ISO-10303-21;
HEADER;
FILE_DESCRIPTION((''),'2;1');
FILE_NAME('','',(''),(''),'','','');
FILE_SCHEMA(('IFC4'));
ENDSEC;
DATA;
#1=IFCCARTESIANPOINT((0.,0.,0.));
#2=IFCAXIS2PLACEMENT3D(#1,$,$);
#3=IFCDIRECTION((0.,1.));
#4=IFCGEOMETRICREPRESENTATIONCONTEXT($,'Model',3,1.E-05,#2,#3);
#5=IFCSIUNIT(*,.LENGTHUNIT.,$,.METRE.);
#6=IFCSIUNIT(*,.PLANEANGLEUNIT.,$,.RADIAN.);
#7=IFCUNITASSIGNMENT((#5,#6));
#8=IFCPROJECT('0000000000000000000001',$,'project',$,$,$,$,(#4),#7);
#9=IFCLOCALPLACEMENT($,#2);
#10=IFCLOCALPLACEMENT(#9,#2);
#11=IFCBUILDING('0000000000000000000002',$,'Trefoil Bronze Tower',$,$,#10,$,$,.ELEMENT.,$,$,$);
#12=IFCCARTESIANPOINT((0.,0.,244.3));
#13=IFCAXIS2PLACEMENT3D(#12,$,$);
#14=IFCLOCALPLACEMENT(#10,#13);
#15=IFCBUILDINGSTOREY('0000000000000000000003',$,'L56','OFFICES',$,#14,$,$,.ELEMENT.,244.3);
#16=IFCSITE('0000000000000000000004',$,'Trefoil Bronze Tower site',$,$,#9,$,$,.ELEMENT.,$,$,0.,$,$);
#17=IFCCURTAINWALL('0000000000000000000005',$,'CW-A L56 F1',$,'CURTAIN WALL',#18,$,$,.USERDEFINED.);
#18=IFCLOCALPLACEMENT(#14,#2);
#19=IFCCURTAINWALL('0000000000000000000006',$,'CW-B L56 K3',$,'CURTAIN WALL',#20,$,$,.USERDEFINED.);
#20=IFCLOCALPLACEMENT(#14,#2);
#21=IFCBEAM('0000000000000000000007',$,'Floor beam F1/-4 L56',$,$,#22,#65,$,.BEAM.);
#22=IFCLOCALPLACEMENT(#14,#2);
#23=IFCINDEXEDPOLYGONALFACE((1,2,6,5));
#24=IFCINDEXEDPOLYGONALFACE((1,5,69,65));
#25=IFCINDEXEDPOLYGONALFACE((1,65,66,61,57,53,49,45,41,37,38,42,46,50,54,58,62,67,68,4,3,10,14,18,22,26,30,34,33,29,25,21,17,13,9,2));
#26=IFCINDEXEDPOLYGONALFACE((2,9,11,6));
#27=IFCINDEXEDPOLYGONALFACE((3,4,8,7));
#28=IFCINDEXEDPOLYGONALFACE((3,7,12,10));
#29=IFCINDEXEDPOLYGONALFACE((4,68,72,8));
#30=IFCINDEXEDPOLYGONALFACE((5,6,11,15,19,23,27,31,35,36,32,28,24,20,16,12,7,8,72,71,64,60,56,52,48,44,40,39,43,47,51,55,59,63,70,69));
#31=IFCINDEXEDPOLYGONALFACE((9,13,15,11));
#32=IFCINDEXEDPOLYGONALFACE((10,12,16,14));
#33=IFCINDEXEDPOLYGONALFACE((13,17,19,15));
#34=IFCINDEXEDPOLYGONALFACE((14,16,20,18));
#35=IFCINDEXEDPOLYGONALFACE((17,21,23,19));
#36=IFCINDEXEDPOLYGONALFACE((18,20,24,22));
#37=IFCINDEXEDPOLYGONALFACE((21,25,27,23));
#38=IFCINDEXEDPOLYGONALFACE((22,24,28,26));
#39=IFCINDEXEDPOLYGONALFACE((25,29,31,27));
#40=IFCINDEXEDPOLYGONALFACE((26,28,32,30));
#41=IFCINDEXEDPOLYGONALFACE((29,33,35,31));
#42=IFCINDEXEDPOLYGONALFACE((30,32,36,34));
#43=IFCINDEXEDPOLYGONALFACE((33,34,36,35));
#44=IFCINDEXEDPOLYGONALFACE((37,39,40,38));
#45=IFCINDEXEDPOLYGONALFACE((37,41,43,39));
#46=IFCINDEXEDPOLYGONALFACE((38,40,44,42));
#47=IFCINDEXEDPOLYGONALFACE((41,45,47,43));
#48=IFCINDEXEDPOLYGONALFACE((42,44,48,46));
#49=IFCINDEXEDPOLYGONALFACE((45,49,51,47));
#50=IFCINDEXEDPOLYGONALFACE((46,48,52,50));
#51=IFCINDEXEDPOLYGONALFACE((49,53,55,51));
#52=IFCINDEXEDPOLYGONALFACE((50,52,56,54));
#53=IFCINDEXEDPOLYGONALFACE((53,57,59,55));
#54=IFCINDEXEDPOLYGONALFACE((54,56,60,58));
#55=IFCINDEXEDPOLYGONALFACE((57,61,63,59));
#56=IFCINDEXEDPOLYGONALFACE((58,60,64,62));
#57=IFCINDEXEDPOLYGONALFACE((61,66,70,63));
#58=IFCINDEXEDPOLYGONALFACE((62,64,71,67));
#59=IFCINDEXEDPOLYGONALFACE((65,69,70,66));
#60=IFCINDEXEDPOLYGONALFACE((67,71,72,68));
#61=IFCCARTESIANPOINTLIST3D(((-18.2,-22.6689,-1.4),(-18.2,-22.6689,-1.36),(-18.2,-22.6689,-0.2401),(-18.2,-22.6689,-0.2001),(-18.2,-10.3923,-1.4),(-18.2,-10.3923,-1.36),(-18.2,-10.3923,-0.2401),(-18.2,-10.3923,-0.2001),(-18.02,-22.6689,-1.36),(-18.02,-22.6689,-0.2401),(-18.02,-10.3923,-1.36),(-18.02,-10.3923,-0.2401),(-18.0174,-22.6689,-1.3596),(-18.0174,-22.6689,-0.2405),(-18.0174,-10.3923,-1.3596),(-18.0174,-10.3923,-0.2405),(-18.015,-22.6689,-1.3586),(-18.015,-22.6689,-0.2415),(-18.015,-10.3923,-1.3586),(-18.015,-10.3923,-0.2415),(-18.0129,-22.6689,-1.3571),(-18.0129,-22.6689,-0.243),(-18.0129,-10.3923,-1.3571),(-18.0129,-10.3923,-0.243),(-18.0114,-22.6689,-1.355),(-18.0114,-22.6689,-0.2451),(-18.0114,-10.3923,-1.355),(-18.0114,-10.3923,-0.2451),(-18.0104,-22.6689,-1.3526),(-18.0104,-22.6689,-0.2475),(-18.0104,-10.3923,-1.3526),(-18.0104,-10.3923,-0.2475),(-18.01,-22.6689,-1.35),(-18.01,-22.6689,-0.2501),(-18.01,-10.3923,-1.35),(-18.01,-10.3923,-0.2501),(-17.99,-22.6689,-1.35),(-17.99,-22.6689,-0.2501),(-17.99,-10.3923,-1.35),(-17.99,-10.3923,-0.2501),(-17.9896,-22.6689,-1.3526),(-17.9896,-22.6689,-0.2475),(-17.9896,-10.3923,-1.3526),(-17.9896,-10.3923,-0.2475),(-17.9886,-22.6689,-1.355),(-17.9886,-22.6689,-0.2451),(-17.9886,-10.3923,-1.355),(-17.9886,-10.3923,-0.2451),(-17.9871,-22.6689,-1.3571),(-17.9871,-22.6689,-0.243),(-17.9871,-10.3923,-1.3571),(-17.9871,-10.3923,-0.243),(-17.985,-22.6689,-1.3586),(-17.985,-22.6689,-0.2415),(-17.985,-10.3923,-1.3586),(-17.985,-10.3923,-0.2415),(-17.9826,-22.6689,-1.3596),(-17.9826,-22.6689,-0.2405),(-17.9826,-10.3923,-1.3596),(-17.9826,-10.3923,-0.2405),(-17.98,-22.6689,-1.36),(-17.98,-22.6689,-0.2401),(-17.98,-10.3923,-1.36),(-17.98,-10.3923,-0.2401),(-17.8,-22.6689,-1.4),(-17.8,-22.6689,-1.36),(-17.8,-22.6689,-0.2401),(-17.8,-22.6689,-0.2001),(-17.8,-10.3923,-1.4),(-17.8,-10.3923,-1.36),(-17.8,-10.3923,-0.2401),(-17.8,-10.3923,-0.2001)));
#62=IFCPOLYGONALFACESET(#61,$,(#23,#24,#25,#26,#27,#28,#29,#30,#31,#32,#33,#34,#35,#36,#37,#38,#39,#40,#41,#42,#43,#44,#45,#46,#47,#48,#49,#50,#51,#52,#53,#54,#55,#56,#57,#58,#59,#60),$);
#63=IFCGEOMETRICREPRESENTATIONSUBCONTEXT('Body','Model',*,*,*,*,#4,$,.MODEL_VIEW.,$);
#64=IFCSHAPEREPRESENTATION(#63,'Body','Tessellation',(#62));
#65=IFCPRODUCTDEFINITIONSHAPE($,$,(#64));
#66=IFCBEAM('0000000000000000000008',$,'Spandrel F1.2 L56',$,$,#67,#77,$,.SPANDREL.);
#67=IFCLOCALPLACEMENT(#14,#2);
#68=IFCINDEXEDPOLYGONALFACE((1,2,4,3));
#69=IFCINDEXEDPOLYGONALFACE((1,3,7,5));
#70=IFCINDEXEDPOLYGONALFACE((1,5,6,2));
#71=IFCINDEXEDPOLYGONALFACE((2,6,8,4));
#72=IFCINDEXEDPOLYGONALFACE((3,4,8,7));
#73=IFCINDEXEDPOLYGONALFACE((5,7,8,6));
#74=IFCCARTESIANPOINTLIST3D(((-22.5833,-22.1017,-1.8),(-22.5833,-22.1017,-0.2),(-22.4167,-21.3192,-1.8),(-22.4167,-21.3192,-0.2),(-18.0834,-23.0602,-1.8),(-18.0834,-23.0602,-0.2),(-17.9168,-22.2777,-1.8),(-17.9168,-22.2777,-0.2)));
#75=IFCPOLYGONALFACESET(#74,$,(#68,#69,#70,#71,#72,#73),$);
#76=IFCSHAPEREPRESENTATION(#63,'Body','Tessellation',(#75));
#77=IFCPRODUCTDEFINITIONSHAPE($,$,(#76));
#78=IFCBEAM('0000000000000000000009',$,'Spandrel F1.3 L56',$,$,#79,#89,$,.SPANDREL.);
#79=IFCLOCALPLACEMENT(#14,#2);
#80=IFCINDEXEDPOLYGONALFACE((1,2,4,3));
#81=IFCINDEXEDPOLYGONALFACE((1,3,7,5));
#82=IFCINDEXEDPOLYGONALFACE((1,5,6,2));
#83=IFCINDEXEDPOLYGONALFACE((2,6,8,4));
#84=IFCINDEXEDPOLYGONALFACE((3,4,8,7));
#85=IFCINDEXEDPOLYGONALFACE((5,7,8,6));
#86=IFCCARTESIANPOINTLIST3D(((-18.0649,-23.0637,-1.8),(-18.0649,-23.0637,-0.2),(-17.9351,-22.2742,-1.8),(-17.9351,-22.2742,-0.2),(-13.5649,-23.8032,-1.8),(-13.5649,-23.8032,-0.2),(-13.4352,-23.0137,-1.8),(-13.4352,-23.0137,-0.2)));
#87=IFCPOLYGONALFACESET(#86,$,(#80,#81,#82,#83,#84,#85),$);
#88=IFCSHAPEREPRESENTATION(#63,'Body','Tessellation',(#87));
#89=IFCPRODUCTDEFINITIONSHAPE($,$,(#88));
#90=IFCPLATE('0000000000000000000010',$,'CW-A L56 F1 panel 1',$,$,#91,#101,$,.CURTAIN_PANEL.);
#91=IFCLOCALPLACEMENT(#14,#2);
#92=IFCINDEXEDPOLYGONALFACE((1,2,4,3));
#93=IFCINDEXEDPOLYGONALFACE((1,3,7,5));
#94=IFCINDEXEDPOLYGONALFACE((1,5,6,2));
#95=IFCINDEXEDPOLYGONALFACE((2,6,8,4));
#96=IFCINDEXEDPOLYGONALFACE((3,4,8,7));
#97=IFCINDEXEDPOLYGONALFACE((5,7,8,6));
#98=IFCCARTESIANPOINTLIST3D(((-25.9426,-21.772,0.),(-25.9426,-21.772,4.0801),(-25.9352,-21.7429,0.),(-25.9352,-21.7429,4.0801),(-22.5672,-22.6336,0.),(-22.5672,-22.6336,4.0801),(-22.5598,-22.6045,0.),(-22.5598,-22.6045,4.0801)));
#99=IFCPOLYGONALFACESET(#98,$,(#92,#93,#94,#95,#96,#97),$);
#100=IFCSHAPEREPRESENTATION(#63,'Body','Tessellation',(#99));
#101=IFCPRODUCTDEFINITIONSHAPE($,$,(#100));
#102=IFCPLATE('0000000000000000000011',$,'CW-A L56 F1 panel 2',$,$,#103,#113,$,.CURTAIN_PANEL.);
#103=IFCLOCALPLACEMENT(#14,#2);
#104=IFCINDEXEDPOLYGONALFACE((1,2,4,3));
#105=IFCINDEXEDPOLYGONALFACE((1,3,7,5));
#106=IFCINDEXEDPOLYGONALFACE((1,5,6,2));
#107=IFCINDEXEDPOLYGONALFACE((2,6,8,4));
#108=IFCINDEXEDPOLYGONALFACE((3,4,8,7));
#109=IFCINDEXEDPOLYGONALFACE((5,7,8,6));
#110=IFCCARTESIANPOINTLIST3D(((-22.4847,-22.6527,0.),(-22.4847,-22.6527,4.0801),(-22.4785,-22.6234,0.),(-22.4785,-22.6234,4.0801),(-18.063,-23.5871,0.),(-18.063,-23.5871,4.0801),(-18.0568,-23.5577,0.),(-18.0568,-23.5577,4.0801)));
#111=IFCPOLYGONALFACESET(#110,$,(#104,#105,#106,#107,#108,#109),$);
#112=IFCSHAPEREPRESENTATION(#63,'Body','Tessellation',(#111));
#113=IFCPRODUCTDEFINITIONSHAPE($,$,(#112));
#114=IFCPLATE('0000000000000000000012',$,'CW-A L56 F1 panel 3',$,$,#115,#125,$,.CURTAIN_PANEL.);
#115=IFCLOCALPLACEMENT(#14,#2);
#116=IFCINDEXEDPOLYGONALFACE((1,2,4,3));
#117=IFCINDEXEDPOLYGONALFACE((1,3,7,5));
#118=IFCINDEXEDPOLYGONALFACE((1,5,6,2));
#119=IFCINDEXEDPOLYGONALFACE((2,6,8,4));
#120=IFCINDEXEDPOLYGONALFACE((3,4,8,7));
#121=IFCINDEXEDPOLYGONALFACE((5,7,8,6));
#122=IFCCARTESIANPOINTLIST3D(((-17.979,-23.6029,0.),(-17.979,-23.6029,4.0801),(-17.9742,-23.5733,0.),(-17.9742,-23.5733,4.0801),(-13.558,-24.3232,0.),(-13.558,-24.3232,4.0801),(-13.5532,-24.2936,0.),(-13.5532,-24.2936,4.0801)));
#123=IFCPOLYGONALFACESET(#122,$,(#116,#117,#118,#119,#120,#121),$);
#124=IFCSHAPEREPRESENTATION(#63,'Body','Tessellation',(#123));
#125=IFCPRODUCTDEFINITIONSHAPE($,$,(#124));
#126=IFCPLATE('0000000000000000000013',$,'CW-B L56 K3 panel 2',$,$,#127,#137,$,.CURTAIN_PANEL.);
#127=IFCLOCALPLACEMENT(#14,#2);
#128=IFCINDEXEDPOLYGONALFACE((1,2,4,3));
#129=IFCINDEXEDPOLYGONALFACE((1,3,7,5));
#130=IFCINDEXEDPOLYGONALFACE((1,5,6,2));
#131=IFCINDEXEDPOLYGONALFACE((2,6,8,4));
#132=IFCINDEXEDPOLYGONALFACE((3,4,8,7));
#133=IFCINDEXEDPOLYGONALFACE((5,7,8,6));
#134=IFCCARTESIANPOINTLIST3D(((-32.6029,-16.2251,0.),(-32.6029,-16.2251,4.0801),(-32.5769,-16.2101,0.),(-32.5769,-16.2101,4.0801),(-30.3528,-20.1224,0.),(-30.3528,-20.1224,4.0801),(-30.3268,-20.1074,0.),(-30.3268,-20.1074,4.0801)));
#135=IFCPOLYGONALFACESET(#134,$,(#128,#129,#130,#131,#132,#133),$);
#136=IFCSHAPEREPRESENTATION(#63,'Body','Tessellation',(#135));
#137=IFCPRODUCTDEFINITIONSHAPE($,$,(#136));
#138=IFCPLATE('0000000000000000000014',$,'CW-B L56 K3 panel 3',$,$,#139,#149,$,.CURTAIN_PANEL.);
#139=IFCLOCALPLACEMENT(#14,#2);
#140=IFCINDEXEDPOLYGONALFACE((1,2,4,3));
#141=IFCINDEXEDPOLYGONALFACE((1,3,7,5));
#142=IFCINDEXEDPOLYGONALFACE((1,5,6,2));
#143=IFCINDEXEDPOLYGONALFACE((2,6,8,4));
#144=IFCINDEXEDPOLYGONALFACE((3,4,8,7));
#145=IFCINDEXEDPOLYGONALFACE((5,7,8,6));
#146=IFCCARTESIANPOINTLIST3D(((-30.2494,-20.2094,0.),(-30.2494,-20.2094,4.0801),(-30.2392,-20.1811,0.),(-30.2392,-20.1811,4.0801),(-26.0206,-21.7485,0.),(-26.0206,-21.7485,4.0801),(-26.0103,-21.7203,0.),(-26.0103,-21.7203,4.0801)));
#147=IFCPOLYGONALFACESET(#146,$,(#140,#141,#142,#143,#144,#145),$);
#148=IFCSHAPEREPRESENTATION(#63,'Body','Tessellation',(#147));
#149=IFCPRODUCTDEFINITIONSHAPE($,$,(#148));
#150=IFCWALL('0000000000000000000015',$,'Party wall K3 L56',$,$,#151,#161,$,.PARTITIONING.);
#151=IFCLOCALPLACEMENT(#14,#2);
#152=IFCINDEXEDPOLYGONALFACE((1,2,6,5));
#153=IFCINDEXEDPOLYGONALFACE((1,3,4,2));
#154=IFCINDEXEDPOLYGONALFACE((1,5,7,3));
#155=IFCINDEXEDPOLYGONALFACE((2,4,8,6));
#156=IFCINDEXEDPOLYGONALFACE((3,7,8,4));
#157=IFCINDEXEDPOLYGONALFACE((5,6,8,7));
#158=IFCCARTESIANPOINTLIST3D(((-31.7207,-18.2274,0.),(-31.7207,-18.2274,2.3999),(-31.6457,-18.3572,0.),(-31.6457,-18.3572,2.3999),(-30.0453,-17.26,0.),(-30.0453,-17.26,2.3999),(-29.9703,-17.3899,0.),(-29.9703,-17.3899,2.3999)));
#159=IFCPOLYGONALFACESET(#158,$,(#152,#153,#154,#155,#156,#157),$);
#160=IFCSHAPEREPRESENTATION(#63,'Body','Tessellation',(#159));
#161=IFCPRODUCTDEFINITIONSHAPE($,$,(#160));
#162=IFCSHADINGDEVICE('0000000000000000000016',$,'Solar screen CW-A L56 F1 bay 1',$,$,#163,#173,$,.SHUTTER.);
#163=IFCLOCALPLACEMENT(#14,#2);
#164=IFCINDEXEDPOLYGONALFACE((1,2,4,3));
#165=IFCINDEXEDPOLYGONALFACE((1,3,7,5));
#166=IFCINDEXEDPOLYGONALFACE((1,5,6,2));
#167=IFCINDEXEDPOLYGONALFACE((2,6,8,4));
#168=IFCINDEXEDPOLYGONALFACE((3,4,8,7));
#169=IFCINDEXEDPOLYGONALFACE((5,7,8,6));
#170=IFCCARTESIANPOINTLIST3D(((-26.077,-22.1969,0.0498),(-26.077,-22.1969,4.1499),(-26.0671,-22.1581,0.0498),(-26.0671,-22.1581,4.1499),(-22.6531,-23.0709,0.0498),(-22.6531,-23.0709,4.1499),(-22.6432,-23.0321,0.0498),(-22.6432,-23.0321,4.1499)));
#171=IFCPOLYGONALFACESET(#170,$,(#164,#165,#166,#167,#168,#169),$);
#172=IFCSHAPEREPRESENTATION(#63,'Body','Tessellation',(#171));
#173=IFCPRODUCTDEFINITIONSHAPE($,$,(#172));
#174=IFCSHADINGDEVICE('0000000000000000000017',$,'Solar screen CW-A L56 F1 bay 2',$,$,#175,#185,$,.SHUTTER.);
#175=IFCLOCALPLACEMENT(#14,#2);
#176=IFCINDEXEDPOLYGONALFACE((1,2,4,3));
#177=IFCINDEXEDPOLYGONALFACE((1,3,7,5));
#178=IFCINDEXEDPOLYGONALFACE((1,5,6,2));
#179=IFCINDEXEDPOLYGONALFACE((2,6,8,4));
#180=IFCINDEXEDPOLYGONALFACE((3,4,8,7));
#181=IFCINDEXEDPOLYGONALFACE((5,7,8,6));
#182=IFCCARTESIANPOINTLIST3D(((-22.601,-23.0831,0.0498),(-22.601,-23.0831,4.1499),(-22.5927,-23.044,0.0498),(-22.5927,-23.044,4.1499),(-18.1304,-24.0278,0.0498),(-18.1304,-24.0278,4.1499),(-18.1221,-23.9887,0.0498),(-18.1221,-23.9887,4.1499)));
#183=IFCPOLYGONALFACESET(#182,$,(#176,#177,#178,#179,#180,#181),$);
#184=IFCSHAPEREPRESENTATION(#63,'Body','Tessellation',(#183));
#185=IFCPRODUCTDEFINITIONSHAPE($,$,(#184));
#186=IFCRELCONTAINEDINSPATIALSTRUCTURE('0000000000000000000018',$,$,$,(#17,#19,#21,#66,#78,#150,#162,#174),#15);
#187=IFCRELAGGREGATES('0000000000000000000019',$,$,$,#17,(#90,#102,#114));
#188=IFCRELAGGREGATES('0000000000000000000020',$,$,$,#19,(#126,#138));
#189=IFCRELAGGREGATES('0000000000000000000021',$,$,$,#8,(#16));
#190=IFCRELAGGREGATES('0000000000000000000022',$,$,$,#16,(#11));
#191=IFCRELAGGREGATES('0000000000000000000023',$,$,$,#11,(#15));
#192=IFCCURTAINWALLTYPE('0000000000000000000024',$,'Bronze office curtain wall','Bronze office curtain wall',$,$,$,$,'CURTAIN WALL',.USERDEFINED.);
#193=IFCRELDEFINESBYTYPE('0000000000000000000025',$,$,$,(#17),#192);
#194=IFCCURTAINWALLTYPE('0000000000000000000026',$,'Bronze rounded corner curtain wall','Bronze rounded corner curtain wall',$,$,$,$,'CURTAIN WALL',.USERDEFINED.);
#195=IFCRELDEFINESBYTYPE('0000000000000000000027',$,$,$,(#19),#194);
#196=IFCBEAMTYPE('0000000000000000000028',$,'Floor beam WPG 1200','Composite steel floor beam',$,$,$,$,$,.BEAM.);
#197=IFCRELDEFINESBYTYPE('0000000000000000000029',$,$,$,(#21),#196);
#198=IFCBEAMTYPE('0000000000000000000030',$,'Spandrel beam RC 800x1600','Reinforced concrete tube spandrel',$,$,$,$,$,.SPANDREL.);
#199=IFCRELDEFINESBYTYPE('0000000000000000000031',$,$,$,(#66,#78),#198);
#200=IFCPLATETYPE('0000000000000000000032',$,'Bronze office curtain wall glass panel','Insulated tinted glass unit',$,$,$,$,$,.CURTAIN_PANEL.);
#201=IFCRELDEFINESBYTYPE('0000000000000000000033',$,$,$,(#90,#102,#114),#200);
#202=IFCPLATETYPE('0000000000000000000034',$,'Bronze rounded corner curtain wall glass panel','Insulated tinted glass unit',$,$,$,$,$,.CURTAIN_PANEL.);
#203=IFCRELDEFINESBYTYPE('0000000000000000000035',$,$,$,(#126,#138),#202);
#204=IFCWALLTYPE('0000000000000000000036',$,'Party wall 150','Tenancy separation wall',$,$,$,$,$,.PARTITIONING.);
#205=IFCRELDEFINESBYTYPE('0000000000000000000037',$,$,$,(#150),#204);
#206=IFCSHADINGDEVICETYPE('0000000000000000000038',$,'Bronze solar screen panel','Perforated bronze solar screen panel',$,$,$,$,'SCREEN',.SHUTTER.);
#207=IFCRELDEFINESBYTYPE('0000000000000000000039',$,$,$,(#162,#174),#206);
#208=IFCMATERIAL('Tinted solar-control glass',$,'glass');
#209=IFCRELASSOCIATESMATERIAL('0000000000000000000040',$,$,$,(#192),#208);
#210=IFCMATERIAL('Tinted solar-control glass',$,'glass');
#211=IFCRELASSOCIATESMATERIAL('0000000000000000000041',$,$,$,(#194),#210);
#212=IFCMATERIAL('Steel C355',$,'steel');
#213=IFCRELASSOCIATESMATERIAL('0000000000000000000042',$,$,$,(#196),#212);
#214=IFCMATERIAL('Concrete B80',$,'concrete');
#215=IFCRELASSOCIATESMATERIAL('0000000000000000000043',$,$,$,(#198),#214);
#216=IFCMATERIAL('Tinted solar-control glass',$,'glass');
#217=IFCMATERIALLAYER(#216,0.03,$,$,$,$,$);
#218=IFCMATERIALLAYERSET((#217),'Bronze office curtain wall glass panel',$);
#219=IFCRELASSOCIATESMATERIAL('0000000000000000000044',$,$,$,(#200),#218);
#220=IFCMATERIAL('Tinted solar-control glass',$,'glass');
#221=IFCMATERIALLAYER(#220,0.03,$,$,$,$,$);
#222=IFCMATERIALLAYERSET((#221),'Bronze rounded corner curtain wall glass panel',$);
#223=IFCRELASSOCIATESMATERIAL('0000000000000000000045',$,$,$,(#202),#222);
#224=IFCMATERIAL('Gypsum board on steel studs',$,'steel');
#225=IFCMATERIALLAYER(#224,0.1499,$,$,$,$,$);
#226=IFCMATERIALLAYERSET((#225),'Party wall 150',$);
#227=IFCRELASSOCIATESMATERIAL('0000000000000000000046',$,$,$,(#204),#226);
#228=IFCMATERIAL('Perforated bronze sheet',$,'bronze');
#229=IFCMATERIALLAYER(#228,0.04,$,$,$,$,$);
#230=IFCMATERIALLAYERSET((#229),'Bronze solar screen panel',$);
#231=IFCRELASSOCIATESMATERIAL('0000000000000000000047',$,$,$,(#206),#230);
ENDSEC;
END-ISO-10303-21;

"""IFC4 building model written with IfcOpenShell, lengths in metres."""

from ifc_helpers import new_model, si_unit, direction, frame, frame_2d, origin, origin_2d, place, context, subcontext, project, spatial, rectangle, i_section, extrude, material, layer, layer_set, material_profile, profile_set, type_object, element, aggregate, save


model = new_model("IFC4")

# Units and contexts
model_context = context("Model", 3, precision=1e-05, world=origin(), true_north=direction((0.0, 1.0)))
body_context = subcontext(model_context, "Body", "Model", "MODEL_VIEW")
ifc_project = project(units=[si_unit("LENGTHUNIT", "METRE"), si_unit("PLANEANGLEUNIT", "RADIAN")], contexts=[model_context])

# Site, building, storey
site_placement = place(None, origin())
site = spatial("IfcSite", under=ifc_project, at=site_placement, Name="Trefoil Bronze Tower site", CompositionType="ELEMENT", RefElevation=0.0)
building_placement = place(site_placement, origin())
building = spatial("IfcBuilding", under=site, at=building_placement, Name="Trefoil Bronze Tower", CompositionType="ELEMENT")
storey_placement = place(building_placement, frame((0.0, 0.0, 244.3)))
storey = spatial("IfcBuildingStorey", under=building, at=storey_placement, Name="L56", Description="OFFICES", CompositionType="ELEMENT", Elevation=244.3)

# Curtain walls
ifc_material_1 = material(Name="Tinted solar-control glass", Category="glass")
curtain_wall_type_1 = type_object("IfcCurtainWallType", Name="Bronze office curtain wall", Description="Bronze office curtain wall", ElementType="CURTAIN WALL", PredefinedType="USERDEFINED", material=ifc_material_1)
curtain_wall_1_placement = place(storey_placement, origin())
curtain_wall_1 = element("IfcCurtainWall", 1, at=curtain_wall_1_placement, inside=storey, type_object=curtain_wall_type_1, Name="CW-A L56 F1", ObjectType="CURTAIN WALL", PredefinedType="USERDEFINED")
ifc_material_2 = material(Name="Tinted solar-control glass", Category="glass")
curtain_wall_type_2 = type_object("IfcCurtainWallType", Name="Bronze rounded corner curtain wall", Description="Bronze rounded corner curtain wall", ElementType="CURTAIN WALL", PredefinedType="USERDEFINED", material=ifc_material_2)
curtain_wall_2_placement = place(storey_placement, origin())
curtain_wall_2 = element("IfcCurtainWall", 2, at=curtain_wall_2_placement, inside=storey, type_object=curtain_wall_type_2, Name="CW-B L56 K3", ObjectType="CURTAIN WALL", PredefinedType="USERDEFINED")

# Beams
ifc_material_3 = material(Name="Steel C355", Category="steel")
ifc_material_profile_1 = material_profile(ifc_material_3, i_section(OverallWidth=0.3999, OverallDepth=1.2, WebThickness=0.02, FlangeThickness=0.04, FilletRadius=0.01, at=origin_2d()), Name="WPG 1200")
ifc_profile_set_1 = profile_set([ifc_material_profile_1], Name="Steel C355")
beam_type_1 = type_object("IfcBeamType", Name="Floor beam WPG 1200", Description="Composite steel floor beam", PredefinedType="BEAM", material=ifc_profile_set_1)
beam_1_placement = place(storey_placement, frame((-18.0, -22.6689, -0.8), z_axis=(0.0, 1.0, 0.0), x_axis=(-1.0, 0.0, 0.0)))
element("IfcBeam", 3, at=beam_1_placement, inside=storey, type_object=beam_type_1, Name="Floor beam F1/-4 L56", PredefinedType="BEAM", context=body_context, shape_type="SweptSolid", body=[
    extrude(i_section(OverallWidth=0.3999, OverallDepth=1.2, WebThickness=0.02, FlangeThickness=0.04, FilletRadius=0.01, at=origin_2d()), origin(), (0.0, 0.0, 1.0), 12.2766),
])
ifc_material_4 = material(Name="Concrete B80", Category="concrete")
ifc_material_profile_2 = material_profile(ifc_material_4, rectangle(XDim=0.8, YDim=1.6001, at=origin_2d()), Name="RC 800x1600")
ifc_profile_set_2 = profile_set([ifc_material_profile_2], Name="Concrete B80")
beam_type_2 = type_object("IfcBeamType", Name="Spandrel beam RC 800x1600", Description="Reinforced concrete tube spandrel", PredefinedType="SPANDREL", material=ifc_profile_set_2)
beam_2_placement = place(storey_placement, frame((-22.5, -21.7104, -1.0), z_axis=(0.978059, -0.208326, 0.0), x_axis=(0.208326, 0.978059, 0.0)))
element("IfcBeam", 4, at=beam_2_placement, inside=storey, type_object=beam_type_2, Name="Spandrel F1.2 L56", PredefinedType="SPANDREL", context=body_context, shape_type="SweptSolid", body=[
    extrude(rectangle(XDim=0.8, YDim=1.6001, at=origin_2d()), origin(), (0.0, 0.0, 1.0), 4.6008),
])
beam_3_placement = place(storey_placement, frame((-18.0, -22.6689, -1.0), z_axis=(0.986765, -0.162159, 0.0), x_axis=(0.162159, 0.986765, 0.0)))
element("IfcBeam", 5, at=beam_3_placement, inside=storey, type_object=beam_type_2, Name="Spandrel F1.3 L56", PredefinedType="SPANDREL", context=body_context, shape_type="SweptSolid", body=[
    extrude(rectangle(XDim=0.8, YDim=1.6001, at=origin_2d()), origin(), (0.0, 0.0, 1.0), 4.5603),
])

# Plates
ifc_material_5 = material(Name="Tinted solar-control glass", Category="glass")
ifc_layer_1 = layer(ifc_material_5, 0.03)
ifc_layer_set_1 = layer_set([ifc_layer_1], Name="Bronze office curtain wall glass panel")
plate_type_1 = type_object("IfcPlateType", Name="Bronze office curtain wall glass panel", Description="Insulated tinted glass unit", PredefinedType="CURTAIN_PANEL", material=ifc_layer_set_1)
plate_1_placement = place(storey_placement, frame((-24.2512, -22.1882, 0.0), z_axis=(0.0, 0.0, 1.0), x_axis=(0.968934, -0.247319, 0.0)))
plate_1 = element("IfcPlate", 6, at=plate_1_placement, type_object=plate_type_1, Name="CW-A L56 F1 panel 1", PredefinedType="CURTAIN_PANEL", context=body_context, shape_type="SweptSolid", body=[
    extrude(rectangle(XDim=3.4836, YDim=0.03, at=origin_2d()), origin(), (0.0, 0.0, 1.0), 4.0801),
])
plate_2_placement = place(storey_placement, frame((-20.2708, -23.1052, 0.0), z_axis=(0.0, 0.0, 1.0), x_axis=(0.978394, -0.206747, 0.0)))
plate_2 = element("IfcPlate", 7, at=plate_2_placement, type_object=plate_type_1, Name="CW-A L56 F1 panel 2", PredefinedType="CURTAIN_PANEL", context=body_context, shape_type="SweptSolid", body=[
    extrude(rectangle(XDim=4.5193, YDim=0.03, at=origin_2d()), origin(), (0.0, 0.0, 1.0), 4.0801),
])
plate_3_placement = place(storey_placement, frame((-15.7661, -23.9482, 0.0), z_axis=(0.0, 0.0, 1.0), x_axis=(0.986987, -0.160803, 0.0)))
plate_3 = element("IfcPlate", 8, at=plate_3_placement, type_object=plate_type_1, Name="CW-A L56 F1 panel 3", PredefinedType="CURTAIN_PANEL", context=body_context, shape_type="SweptSolid", body=[
    extrude(rectangle(XDim=4.4792, YDim=0.03, at=origin_2d()), origin(), (0.0, 0.0, 1.0), 4.0801),
])
aggregate(curtain_wall_1, [plate_1, plate_2, plate_3])
ifc_material_6 = material(Name="Tinted solar-control glass", Category="glass")
ifc_layer_2 = layer(ifc_material_6, 0.03)
ifc_layer_set_2 = layer_set([ifc_layer_2], Name="Bronze rounded corner curtain wall glass panel")
plate_type_2 = type_object("IfcPlateType", Name="Bronze rounded corner curtain wall glass panel", Description="Insulated tinted glass unit", PredefinedType="CURTAIN_PANEL", material=ifc_layer_set_2)
plate_4_placement = place(storey_placement, frame((-31.4648, -18.1663, 0.0), z_axis=(0.0, 0.0, 1.0), x_axis=(0.5, -0.866025, 0.0)))
plate_4 = element("IfcPlate", 9, at=plate_4_placement, type_object=plate_type_2, Name="CW-B L56 K3 panel 2", PredefinedType="CURTAIN_PANEL", context=body_context, shape_type="SweptSolid", body=[
    extrude(rectangle(XDim=4.5002, YDim=0.03, at=origin_2d()), origin(), (0.0, 0.0, 1.0), 4.0801),
])
plate_5_placement = place(storey_placement, frame((-28.1299, -20.9648, 0.0), z_axis=(0.0, 0.0, 1.0), x_axis=(0.939693, -0.34202, 0.0)))
plate_5 = element("IfcPlate", 10, at=plate_5_placement, type_object=plate_type_2, Name="CW-B L56 K3 panel 3", PredefinedType="CURTAIN_PANEL", context=body_context, shape_type="SweptSolid", body=[
    extrude(rectangle(XDim=4.5002, YDim=0.03, at=origin_2d()), origin(), (0.0, 0.0, 1.0), 4.0801),
])
aggregate(curtain_wall_2, [plate_4, plate_5])

# Wall
ifc_material_7 = material(Name="Gypsum board on steel studs", Category="steel")
ifc_layer_3 = layer(ifc_material_7, 0.1499)
ifc_layer_set_3 = layer_set([ifc_layer_3], Name="Party wall 150")
wall_type = type_object("IfcWallType", Name="Party wall 150", Description="Tenancy separation wall", PredefinedType="PARTITIONING", material=ifc_layer_set_3)
wall_placement = place(storey_placement, frame((-30.0078, -17.325, 0.0), z_axis=(0.0, 0.0, 1.0), x_axis=(-0.866013, -0.500021, 0.0)))
element("IfcWall", 11, at=wall_placement, inside=storey, type_object=wall_type, Name="Party wall K3 L56", PredefinedType="PARTITIONING", context=body_context, shape_type="SweptSolid", body=[
    extrude(rectangle(XDim=1.9346, YDim=0.1499, at=frame_2d((0.9673, 0.0))), origin(), (0.0, 0.0, 1.0), 2.3999),
])

# Shading devices
ifc_material_8 = material(Name="Perforated bronze sheet", Category="bronze")
ifc_layer_4 = layer(ifc_material_8, 0.04)
ifc_layer_set_4 = layer_set([ifc_layer_4], Name="Bronze solar screen panel")
shading_device_type = type_object("IfcShadingDeviceType", Name="Bronze solar screen panel", Description="Perforated bronze solar screen panel", ElementType="SCREEN", PredefinedType="SHUTTER", material=ifc_layer_set_4)
shading_device_1_placement = place(storey_placement, frame((-24.3601, -22.6145, 0.0498), z_axis=(0.0, 0.0, 1.0), x_axis=(0.968934, -0.247319, 0.0)))
element("IfcShadingDevice", 12, at=shading_device_1_placement, inside=storey, type_object=shading_device_type, Name="Solar screen CW-A L56 F1 bay 1", PredefinedType="SHUTTER", context=body_context, shape_type="SweptSolid", body=[
    extrude(rectangle(XDim=3.5337, YDim=0.04, at=origin_2d()), origin(), (0.0, 0.0, 1.0), 4.1001),
])
shading_device_2_placement = place(storey_placement, frame((-20.3616, -23.5359, 0.0498), z_axis=(0.0, 0.0, 1.0), x_axis=(0.978394, -0.206747, 0.0)))
element("IfcShadingDevice", 13, at=shading_device_2_placement, inside=storey, type_object=shading_device_type, Name="Solar screen CW-A L56 F1 bay 2", PredefinedType="SHUTTER", context=body_context, shape_type="SweptSolid", body=[
    extrude(rectangle(XDim=4.5693, YDim=0.04, at=origin_2d()), origin(), (0.0, 0.0, 1.0), 4.1001),
])

save(model, "model.ifc")
